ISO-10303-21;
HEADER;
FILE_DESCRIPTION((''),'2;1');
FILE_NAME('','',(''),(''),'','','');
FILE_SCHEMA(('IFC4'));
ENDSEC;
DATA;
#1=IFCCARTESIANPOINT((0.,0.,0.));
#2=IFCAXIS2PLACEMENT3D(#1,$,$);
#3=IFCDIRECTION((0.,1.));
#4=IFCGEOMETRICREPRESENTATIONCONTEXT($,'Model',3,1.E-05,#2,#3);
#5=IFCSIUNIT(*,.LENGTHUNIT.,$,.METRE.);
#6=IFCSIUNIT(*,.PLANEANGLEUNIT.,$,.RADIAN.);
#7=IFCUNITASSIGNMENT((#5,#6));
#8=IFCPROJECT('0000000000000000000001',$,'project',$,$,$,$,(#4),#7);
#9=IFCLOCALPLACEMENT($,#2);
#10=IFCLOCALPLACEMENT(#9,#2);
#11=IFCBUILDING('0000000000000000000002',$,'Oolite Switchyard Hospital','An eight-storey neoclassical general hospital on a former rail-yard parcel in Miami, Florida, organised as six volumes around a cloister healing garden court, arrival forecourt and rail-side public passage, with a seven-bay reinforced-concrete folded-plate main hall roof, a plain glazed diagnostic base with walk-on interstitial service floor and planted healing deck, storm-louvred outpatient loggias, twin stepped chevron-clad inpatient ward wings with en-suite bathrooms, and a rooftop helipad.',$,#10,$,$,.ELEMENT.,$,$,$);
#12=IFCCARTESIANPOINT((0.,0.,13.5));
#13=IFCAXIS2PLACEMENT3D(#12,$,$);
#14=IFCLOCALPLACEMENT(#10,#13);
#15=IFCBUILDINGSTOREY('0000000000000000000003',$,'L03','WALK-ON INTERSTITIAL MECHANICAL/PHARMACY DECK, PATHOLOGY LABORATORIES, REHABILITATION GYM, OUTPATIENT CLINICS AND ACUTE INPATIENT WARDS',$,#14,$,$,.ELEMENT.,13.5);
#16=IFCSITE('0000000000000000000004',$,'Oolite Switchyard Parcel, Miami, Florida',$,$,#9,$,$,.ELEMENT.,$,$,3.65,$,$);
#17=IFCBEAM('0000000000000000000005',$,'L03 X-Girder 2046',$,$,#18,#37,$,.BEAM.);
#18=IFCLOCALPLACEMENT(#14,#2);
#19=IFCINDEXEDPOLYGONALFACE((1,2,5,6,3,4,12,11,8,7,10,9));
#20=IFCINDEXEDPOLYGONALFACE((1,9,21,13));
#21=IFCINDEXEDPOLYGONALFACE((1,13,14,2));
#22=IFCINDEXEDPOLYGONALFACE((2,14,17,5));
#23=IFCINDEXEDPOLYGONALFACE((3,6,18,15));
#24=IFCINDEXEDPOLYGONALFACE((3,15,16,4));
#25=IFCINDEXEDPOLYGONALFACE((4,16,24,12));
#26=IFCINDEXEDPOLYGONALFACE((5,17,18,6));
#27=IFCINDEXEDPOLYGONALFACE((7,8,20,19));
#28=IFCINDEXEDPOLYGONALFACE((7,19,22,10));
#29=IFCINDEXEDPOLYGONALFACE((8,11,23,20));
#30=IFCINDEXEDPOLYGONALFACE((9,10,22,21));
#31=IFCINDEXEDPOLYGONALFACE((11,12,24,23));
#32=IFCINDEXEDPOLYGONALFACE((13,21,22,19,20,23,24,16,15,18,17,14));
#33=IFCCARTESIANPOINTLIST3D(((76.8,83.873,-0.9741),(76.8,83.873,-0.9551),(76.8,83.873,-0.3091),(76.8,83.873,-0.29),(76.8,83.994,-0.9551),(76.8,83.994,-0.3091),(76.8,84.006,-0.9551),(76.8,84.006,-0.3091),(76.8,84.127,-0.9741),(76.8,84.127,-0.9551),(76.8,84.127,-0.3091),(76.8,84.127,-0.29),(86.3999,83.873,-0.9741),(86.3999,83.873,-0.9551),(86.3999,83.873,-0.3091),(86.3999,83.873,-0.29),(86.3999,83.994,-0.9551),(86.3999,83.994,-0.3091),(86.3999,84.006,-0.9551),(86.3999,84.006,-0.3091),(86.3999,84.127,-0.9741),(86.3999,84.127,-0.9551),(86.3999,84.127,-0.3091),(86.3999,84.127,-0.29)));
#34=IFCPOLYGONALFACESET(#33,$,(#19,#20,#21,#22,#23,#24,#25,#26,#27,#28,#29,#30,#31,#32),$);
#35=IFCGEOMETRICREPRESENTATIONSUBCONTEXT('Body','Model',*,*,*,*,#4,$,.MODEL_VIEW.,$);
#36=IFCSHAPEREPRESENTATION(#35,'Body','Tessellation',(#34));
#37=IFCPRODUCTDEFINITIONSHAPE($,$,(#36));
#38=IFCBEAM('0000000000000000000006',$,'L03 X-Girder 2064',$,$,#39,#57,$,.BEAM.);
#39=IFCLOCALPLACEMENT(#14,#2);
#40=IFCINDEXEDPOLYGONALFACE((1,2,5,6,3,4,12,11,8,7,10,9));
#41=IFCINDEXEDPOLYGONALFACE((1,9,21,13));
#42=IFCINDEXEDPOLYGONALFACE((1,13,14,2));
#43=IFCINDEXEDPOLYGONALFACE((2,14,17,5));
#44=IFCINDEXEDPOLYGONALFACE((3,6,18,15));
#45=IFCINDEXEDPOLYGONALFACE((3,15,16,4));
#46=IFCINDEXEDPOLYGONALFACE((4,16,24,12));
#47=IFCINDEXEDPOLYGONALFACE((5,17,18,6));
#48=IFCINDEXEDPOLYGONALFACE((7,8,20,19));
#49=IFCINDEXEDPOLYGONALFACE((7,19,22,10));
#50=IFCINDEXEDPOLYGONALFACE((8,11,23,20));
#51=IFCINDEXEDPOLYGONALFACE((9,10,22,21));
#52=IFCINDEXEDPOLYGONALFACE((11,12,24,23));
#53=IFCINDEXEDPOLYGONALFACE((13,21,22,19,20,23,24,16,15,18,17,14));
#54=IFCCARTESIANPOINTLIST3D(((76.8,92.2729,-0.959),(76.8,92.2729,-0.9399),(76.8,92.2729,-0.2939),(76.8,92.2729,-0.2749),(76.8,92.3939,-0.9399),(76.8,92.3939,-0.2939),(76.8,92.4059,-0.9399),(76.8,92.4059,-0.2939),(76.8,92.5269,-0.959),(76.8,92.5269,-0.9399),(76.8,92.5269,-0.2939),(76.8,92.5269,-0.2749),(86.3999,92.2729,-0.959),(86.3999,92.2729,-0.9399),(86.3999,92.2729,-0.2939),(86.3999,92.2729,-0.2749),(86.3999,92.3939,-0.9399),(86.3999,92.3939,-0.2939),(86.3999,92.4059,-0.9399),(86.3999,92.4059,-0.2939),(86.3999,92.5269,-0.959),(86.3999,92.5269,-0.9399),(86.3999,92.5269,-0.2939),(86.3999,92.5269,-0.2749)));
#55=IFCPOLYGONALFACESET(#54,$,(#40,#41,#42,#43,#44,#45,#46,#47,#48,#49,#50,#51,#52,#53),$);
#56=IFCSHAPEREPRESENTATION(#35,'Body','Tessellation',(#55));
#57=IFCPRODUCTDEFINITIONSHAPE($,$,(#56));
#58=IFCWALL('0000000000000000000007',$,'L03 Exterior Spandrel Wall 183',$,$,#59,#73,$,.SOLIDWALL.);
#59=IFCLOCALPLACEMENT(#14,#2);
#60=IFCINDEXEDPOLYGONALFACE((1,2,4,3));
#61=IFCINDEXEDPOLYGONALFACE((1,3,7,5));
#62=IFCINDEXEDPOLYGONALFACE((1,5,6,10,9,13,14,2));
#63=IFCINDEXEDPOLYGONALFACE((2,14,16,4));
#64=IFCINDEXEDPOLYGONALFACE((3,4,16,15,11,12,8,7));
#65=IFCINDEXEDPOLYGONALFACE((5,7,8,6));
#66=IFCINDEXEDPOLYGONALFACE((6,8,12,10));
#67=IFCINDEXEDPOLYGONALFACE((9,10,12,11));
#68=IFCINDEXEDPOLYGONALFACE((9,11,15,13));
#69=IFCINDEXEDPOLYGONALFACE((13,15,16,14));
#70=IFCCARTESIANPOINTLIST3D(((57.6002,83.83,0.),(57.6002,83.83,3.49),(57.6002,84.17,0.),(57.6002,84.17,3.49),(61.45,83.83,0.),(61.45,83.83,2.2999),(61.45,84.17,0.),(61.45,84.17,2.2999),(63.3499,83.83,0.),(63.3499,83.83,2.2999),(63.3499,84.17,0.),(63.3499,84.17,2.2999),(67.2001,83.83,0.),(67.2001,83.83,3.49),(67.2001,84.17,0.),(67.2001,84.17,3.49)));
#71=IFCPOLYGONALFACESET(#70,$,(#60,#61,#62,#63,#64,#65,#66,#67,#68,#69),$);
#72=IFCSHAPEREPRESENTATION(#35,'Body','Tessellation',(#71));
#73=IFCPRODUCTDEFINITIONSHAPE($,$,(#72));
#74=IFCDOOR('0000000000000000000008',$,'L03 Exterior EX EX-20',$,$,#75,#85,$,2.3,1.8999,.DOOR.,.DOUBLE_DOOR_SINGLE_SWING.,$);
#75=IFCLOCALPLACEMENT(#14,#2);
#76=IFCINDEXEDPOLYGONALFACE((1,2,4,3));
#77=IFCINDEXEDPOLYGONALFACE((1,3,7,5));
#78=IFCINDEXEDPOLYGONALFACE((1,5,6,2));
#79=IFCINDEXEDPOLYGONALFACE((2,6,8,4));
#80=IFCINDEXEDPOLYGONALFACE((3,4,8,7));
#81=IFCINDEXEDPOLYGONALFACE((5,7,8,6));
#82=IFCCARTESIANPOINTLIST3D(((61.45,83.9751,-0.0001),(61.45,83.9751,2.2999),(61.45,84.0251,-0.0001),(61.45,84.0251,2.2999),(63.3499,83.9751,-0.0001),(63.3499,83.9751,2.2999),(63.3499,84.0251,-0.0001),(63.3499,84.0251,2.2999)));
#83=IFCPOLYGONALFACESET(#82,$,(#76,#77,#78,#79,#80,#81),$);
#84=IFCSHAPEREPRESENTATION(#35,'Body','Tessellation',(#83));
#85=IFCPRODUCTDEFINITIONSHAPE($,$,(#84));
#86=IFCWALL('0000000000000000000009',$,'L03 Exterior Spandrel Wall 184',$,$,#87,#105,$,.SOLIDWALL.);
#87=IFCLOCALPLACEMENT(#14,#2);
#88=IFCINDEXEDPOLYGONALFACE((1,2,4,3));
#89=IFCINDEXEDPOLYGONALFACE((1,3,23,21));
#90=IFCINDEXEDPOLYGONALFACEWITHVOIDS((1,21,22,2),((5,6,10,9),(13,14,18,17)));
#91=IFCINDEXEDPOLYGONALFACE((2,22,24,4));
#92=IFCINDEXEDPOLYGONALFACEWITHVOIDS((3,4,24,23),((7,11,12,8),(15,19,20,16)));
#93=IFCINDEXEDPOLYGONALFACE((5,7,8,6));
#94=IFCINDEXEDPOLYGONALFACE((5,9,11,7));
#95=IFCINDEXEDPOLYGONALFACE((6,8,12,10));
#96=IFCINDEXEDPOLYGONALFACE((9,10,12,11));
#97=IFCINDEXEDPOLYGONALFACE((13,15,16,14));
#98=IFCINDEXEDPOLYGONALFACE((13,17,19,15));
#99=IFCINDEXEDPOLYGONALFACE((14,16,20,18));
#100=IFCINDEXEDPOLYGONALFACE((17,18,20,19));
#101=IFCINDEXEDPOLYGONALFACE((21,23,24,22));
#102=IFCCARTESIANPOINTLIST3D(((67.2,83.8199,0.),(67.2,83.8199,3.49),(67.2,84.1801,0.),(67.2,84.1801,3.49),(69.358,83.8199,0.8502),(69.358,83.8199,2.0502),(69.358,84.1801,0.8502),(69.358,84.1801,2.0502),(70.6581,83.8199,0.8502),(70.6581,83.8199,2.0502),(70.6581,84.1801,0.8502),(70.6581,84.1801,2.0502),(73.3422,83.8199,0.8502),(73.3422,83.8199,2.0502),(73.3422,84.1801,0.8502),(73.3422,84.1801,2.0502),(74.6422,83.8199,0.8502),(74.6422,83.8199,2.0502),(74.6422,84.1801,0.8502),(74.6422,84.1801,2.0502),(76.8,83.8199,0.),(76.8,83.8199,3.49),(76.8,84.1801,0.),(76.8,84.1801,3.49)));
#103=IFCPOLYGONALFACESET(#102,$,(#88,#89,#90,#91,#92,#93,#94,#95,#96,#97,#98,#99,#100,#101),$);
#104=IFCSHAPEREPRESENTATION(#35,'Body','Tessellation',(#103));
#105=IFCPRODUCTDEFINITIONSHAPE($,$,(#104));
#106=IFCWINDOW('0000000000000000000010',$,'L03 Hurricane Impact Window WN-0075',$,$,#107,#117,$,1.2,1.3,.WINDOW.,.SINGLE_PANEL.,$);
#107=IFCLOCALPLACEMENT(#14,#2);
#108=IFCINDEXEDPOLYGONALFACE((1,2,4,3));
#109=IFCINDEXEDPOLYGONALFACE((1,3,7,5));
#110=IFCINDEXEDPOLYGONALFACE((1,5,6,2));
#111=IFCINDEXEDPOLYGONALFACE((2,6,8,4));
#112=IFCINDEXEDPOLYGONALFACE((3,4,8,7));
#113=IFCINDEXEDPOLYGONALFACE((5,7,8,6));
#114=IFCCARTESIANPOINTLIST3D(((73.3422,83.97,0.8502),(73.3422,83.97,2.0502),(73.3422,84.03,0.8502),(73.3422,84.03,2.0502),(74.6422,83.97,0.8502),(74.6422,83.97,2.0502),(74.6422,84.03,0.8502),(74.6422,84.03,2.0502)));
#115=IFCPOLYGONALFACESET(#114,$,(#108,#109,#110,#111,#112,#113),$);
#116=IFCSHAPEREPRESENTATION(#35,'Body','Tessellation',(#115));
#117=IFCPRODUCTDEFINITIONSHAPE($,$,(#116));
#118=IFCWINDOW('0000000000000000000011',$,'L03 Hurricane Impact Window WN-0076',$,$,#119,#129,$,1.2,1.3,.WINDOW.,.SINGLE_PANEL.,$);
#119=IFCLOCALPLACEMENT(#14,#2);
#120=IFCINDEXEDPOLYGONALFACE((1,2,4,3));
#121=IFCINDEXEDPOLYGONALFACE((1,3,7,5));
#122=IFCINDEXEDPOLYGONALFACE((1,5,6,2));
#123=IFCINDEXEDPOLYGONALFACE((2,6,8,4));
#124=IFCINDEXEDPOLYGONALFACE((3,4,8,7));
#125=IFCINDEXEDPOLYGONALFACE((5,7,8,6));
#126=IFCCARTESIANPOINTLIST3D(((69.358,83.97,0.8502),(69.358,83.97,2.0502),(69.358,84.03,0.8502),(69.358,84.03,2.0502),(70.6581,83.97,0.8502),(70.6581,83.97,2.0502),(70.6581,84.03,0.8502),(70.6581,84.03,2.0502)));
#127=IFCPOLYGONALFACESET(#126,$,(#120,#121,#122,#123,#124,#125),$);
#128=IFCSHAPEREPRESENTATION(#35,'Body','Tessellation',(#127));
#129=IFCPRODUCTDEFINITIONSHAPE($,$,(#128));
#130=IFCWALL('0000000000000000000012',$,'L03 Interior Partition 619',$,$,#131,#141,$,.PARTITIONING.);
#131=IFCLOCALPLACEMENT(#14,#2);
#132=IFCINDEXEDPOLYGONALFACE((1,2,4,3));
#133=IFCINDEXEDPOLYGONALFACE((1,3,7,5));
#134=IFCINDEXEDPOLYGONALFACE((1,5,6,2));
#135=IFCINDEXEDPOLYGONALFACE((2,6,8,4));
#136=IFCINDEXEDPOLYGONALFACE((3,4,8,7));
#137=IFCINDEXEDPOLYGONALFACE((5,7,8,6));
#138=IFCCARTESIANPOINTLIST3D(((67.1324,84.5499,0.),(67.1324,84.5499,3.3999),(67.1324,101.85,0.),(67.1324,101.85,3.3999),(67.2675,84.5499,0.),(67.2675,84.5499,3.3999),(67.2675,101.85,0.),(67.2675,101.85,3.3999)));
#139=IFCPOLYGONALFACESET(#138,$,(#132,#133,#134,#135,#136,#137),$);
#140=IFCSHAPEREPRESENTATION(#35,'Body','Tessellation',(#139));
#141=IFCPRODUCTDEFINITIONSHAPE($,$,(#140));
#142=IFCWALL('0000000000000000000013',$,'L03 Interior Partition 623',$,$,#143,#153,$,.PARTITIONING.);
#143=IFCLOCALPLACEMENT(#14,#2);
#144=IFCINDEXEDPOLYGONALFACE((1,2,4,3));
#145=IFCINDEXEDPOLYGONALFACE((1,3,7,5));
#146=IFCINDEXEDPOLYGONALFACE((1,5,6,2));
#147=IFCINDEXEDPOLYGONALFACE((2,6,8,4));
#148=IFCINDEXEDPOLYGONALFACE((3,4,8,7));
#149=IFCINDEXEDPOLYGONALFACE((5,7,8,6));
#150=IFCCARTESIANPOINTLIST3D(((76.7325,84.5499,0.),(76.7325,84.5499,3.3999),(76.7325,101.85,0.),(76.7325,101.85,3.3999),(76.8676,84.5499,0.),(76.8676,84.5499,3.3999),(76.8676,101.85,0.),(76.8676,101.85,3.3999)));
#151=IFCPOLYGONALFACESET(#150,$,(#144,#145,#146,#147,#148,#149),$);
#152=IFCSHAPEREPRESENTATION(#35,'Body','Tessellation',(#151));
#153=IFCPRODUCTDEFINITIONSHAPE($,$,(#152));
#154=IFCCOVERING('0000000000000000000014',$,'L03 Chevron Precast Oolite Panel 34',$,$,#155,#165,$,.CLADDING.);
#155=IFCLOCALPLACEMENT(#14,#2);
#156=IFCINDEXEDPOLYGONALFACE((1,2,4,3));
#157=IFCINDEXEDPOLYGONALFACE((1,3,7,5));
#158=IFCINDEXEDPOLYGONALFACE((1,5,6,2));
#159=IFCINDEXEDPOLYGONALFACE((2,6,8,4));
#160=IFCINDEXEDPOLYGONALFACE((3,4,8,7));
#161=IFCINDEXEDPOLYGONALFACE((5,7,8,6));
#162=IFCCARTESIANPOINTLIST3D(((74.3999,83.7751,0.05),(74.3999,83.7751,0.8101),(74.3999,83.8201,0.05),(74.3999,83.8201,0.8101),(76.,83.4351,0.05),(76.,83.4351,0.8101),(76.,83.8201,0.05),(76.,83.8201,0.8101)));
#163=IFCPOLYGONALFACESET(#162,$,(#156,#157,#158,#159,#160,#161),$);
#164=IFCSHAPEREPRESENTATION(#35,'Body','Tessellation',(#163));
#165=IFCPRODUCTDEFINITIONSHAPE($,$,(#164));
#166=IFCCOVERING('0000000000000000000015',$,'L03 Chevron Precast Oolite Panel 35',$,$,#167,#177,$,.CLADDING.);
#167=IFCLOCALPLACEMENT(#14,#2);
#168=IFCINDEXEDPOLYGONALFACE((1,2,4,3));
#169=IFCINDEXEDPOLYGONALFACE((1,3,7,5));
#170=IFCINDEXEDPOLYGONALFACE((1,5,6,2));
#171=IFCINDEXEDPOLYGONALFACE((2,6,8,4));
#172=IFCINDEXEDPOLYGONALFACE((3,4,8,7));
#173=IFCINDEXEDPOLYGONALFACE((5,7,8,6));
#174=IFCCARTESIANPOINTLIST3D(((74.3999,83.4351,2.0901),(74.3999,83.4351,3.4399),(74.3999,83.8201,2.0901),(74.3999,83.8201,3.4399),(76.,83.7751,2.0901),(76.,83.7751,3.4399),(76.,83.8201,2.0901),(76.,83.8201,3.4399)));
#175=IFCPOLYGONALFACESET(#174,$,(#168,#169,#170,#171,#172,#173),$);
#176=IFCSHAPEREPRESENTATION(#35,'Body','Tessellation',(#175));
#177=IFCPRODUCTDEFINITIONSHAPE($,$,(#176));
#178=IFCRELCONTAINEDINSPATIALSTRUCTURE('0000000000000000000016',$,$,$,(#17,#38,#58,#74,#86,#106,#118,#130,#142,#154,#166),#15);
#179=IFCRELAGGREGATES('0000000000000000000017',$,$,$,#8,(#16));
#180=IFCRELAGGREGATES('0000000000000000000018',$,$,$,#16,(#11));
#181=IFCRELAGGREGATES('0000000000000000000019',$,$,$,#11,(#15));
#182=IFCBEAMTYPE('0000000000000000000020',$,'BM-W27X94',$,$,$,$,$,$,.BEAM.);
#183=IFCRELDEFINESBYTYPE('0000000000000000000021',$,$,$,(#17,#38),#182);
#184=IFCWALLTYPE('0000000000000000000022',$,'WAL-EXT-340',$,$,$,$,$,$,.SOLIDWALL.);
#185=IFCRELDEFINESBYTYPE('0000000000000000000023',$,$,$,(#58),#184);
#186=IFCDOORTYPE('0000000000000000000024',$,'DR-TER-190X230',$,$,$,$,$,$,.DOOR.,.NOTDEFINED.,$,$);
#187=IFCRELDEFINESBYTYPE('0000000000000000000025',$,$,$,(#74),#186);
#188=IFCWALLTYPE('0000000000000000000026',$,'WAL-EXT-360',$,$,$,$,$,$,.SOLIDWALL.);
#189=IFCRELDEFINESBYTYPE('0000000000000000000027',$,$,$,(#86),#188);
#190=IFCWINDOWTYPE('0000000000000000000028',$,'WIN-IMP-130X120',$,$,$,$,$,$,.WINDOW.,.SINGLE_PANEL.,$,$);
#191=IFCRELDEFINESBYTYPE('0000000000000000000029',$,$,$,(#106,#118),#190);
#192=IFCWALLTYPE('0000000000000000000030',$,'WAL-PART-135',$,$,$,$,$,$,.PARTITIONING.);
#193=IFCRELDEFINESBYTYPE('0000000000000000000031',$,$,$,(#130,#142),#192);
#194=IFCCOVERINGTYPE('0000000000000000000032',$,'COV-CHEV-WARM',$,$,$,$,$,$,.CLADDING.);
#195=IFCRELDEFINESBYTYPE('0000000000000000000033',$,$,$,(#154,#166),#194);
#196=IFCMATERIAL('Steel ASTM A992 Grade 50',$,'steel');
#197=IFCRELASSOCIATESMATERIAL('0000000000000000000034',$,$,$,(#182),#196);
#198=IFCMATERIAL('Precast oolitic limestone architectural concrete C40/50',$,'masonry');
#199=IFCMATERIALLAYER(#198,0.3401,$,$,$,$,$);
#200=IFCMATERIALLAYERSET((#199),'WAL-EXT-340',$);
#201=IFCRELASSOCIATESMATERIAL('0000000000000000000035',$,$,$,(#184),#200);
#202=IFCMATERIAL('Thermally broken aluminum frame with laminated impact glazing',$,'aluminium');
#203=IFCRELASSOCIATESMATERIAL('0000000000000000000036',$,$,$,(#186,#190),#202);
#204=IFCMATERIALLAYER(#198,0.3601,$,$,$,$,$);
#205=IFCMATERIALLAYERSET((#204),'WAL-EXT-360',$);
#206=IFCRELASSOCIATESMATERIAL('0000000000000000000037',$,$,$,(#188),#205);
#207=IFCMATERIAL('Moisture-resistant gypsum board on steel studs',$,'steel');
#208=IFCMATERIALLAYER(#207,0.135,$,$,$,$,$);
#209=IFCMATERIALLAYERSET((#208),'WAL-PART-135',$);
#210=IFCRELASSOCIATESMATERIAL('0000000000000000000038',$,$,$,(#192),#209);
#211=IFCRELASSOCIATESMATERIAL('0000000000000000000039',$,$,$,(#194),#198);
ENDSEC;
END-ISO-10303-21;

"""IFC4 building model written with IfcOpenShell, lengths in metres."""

from ifc_helpers import new_model, si_unit, direction, frame, frame_2d, origin, origin_2d, place, context, subcontext, project, spatial, polyline, rectangle, i_section, outline, extrude, material, layer, layer_set, material_profile, profile_set, type_object, element, fill, save


model = new_model("IFC4")

# Units and contexts
model_context = context("Model", 3, precision=1e-05, world=origin(), true_north=direction((0.0, 1.0)))
body_context = subcontext(model_context, "Body", "Model", "MODEL_VIEW")
ifc_project = project(units=[si_unit("LENGTHUNIT", "METRE"), si_unit("PLANEANGLEUNIT", "RADIAN")], contexts=[model_context])

# Site, building, storey
site_placement = place(None, origin())
site = spatial("IfcSite", under=ifc_project, at=site_placement, Name="Oolite Switchyard Parcel, Miami, Florida", CompositionType="ELEMENT", RefElevation=3.65)
building_placement = place(site_placement, origin())
building = spatial("IfcBuilding", under=site, at=building_placement, Name="Oolite Switchyard Hospital", Description="An eight-storey neoclassical general hospital on a former rail-yard parcel in Miami, Florida, organised as six volumes around a cloister healing garden court, arrival forecourt and rail-side public passage, with a seven-bay reinforced-concrete folded-plate main hall roof, a plain glazed diagnostic base with walk-on interstitial service floor and planted healing deck, storm-louvred outpatient loggias, twin stepped chevron-clad inpatient ward wings with en-suite bathrooms, and a rooftop helipad.", CompositionType="ELEMENT")
storey_placement = place(building_placement, frame((0.0, 0.0, 13.5)))
storey = spatial("IfcBuildingStorey", under=building, at=storey_placement, Name="L03", Description="WALK-ON INTERSTITIAL MECHANICAL/PHARMACY DECK, PATHOLOGY LABORATORIES, REHABILITATION GYM, OUTPATIENT CLINICS AND ACUTE INPATIENT WARDS", CompositionType="ELEMENT", Elevation=13.5)

# Beams
ifc_material_1 = material(Name="Steel ASTM A992 Grade 50", Category="steel")
ifc_material_profile_1 = material_profile(ifc_material_1, i_section(OverallWidth=0.2539, OverallDepth=0.6841, WebThickness=0.012, FlangeThickness=0.019, at=origin_2d()), Name="W27X94")
ifc_profile_set_1 = profile_set([ifc_material_profile_1], Name="Steel ASTM A992 Grade 50")
beam_type_1 = type_object("IfcBeamType", Name="BM-W27X94", PredefinedType="BEAM", material=ifc_profile_set_1)
for number, where, z_axis, x_axis, name in (
    (1, (76.8, 84.0, -0.6321), (1.0, 0.0, 0.0), (0.0, 1.0, 0.0), "L03 X-Girder 2046"),
    (2, (76.8, 92.3999, -0.6169), (1.0, 0.0, 0.0), (0.0, 1.0, 0.0), "L03 X-Girder 2064"),
):
    element("IfcBeam", number, at=place(storey_placement, frame(where, z_axis=z_axis, x_axis=x_axis)), inside=storey, type_object=beam_type_1, Name=name, PredefinedType="BEAM", context=body_context, shape_type="SweptSolid", body=[
        extrude(i_section(OverallWidth=0.2539, OverallDepth=0.6841, WebThickness=0.012, FlangeThickness=0.019, at=origin_2d()), origin(), (0.0, 0.0, 1.0), 9.5999),
    ])

# Wall, opening, door
ifc_material_2 = material(Name="Precast oolitic limestone architectural concrete C40/50", Category="masonry")
ifc_layer_1 = layer(ifc_material_2, 0.3401)
ifc_layer_set_1 = layer_set([ifc_layer_1], Name="WAL-EXT-340")
wall_type_1 = type_object("IfcWallType", Name="WAL-EXT-340", PredefinedType="SOLIDWALL", material=ifc_layer_set_1)
wall_1_placement = place(storey_placement, frame((67.2, 84.0, 0.0), z_axis=(0.0, 0.0, 1.0), x_axis=(-1.0, 0.0, 0.0)))
wall_1 = element("IfcWall", 3, at=wall_1_placement, inside=storey, type_object=wall_type_1, Name="L03 Exterior Spandrel Wall 183", PredefinedType="SOLIDWALL", context=body_context, shape_type="SweptSolid", body=[
    extrude(rectangle(XDim=9.5999, YDim=0.3401, at=frame_2d((4.7998, 0.0))), origin(), (0.0, 0.0, 1.0), 3.49),
])
opening_1_placement = place(wall_1_placement, frame((3.8501, 0.0, 0.0)))
opening_1 = element("IfcOpeningElement", 4, at=opening_1_placement, cuts=wall_1, PredefinedType="OPENING", context=body_context, shape_type="SweptSolid", body=[
    extrude(rectangle(XDim=1.8999, YDim=2.3, at=frame_2d((0.95, 1.1499))), frame((0.0, 0.1802, 0.0), z_axis=(0.0, -1.0, 0.0), x_axis=(1.0, 0.0, 0.0)), (0.0, 0.0, 1.0), 0.3601),
])
ifc_material_3 = material(Name="Thermally broken aluminum frame with laminated impact glazing", Category="aluminium")
door_type = type_object("IfcDoorType", Name="DR-TER-190X230", OperationType="NOTDEFINED", PredefinedType="DOOR", material=ifc_material_3)
door_placement = place(opening_1_placement, origin())
door = element("IfcDoor", 5, at=door_placement, inside=storey, type_object=door_type, Name="L03 Exterior EX EX-20", OperationType="DOUBLE_DOOR_SINGLE_SWING", OverallHeight=2.3, OverallWidth=1.8999, PredefinedType="DOOR", context=body_context, shape_type="SweptSolid", body=[
    extrude(rectangle(XDim=1.8999, YDim=2.3, at=frame_2d((0.95, 1.1499))), frame((0.0, 0.0249, 0.0), z_axis=(0.0, -1.0, 0.0), x_axis=(1.0, 0.0, 0.0)), (0.0, 0.0, 1.0), 0.05),
])
fill(opening_1, door)

# Wall, openings, windows
ifc_layer_2 = layer(ifc_material_2, 0.3601)
ifc_layer_set_2 = layer_set([ifc_layer_2], Name="WAL-EXT-360")
wall_type_2 = type_object("IfcWallType", Name="WAL-EXT-360", PredefinedType="SOLIDWALL", material=ifc_layer_set_2)
wall_2_placement = place(storey_placement, frame((76.8, 84.0, 0.0), z_axis=(0.0, 0.0, 1.0), x_axis=(-1.0, 0.0, 0.0)))
wall_2 = element("IfcWall", 6, at=wall_2_placement, inside=storey, type_object=wall_type_2, Name="L03 Exterior Spandrel Wall 184", PredefinedType="SOLIDWALL", context=body_context, shape_type="SweptSolid", body=[
    extrude(rectangle(XDim=9.6001, YDim=0.3601, at=frame_2d((4.8, 0.0))), origin(), (0.0, 0.0, 1.0), 3.49),
])
opening_2_placement = place(wall_2_placement, frame((2.158, 0.0, 0.8501)))
opening_2 = element("IfcOpeningElement", 7, at=opening_2_placement, cuts=wall_2, PredefinedType="OPENING", context=body_context, shape_type="SweptSolid", body=[
    extrude(rectangle(XDim=1.3, YDim=1.2, at=frame_2d((0.6499, 0.6001))), frame((0.0, 0.1899, 0.0), z_axis=(0.0, -1.0, 0.0), x_axis=(1.0, 0.0, 0.0)), (0.0, 0.0, 1.0), 0.3801),
])
opening_3_placement = place(wall_2_placement, frame((6.1421, 0.0, 0.8501)))
opening_3 = element("IfcOpeningElement", 8, at=opening_3_placement, cuts=wall_2, PredefinedType="OPENING", context=body_context, shape_type="SweptSolid", body=[
    extrude(rectangle(XDim=1.3, YDim=1.2, at=frame_2d((0.6499, 0.6001))), frame((0.0, 0.1899, 0.0), z_axis=(0.0, -1.0, 0.0), x_axis=(1.0, 0.0, 0.0)), (0.0, 0.0, 1.0), 0.3801),
])
window_type = type_object("IfcWindowType", Name="WIN-IMP-130X120", PartitioningType="SINGLE_PANEL", PredefinedType="WINDOW", material=ifc_material_3)
window_1_placement = place(opening_2_placement, origin())
window_1 = element("IfcWindow", 9, at=window_1_placement, inside=storey, type_object=window_type, Name="L03 Hurricane Impact Window WN-0075", OverallHeight=1.2, OverallWidth=1.3, PartitioningType="SINGLE_PANEL", PredefinedType="WINDOW", context=body_context, shape_type="SweptSolid", body=[
    extrude(rectangle(XDim=1.3, YDim=1.2, at=frame_2d((0.6499, 0.6001))), frame((0.0, 0.03, 0.0), z_axis=(0.0, -1.0, 0.0), x_axis=(1.0, 0.0, 0.0)), (0.0, 0.0, 1.0), 0.0601),
])
fill(opening_2, window_1)
window_2_placement = place(opening_3_placement, origin())
window_2 = element("IfcWindow", 10, at=window_2_placement, inside=storey, type_object=window_type, Name="L03 Hurricane Impact Window WN-0076", OverallHeight=1.2, OverallWidth=1.3, PartitioningType="SINGLE_PANEL", PredefinedType="WINDOW", context=body_context, shape_type="SweptSolid", body=[
    extrude(rectangle(XDim=1.3, YDim=1.2, at=frame_2d((0.6499, 0.6001))), frame((0.0, 0.03, 0.0), z_axis=(0.0, -1.0, 0.0), x_axis=(1.0, 0.0, 0.0)), (0.0, 0.0, 1.0), 0.0601),
])
fill(opening_3, window_2)

# Walls
ifc_material_4 = material(Name="Moisture-resistant gypsum board on steel studs", Category="steel")
ifc_layer_3 = layer(ifc_material_4, 0.135)
ifc_layer_set_3 = layer_set([ifc_layer_3], Name="WAL-PART-135")
wall_type_3 = type_object("IfcWallType", Name="WAL-PART-135", PredefinedType="PARTITIONING", material=ifc_layer_set_3)
for number, where, z_axis, x_axis, name in (
    (11, (67.2, 84.55, 0.0), (0.0, 0.0, 1.0), (0.0, 1.0, 0.0), "L03 Interior Partition 619"),
    (12, (76.8, 84.55, 0.0), (0.0, 0.0, 1.0), (0.0, 1.0, 0.0), "L03 Interior Partition 623"),
):
    element("IfcWall", number, at=place(storey_placement, frame(where, z_axis=z_axis, x_axis=x_axis)), inside=storey, type_object=wall_type_3, Name=name, PredefinedType="PARTITIONING", context=body_context, shape_type="SweptSolid", body=[
        extrude(rectangle(XDim=17.3, YDim=0.135, at=frame_2d((8.6499, 0.0))), origin(), (0.0, 0.0, 1.0), 3.3999),
    ])

# Coverings
covering_type = type_object("IfcCoveringType", Name="COV-CHEV-WARM", PredefinedType="CLADDING", material=ifc_material_2)
covering_1_placement = place(storey_placement, frame((76.0, 83.8201, 0.05), z_axis=(0.0, 0.0, 1.0), x_axis=(-1.0, 0.0, 0.0)))
element("IfcCovering", 13, at=covering_1_placement, inside=storey, type_object=covering_type, Name="L03 Chevron Precast Oolite Panel 34", PredefinedType="CLADDING", context=body_context, shape_type="SweptSolid", body=[
    extrude(outline(polyline([(0.0, 0.0), (1.6001, 0.0), (1.6001, 0.0449), (0.0, 0.385), (0.0, 0.0)])), origin(), (0.0, 0.0, 1.0), 0.76),
])
covering_2_placement = place(storey_placement, frame((76.0, 83.8201, 2.0901), z_axis=(0.0, 0.0, 1.0), x_axis=(-1.0, 0.0, 0.0)))
element("IfcCovering", 14, at=covering_2_placement, inside=storey, type_object=covering_type, Name="L03 Chevron Precast Oolite Panel 35", PredefinedType="CLADDING", context=body_context, shape_type="SweptSolid", body=[
    extrude(outline(polyline([(0.0, 0.0), (1.6001, 0.0), (1.6001, 0.385), (0.0, 0.0449), (0.0, 0.0)])), origin(), (0.0, 0.0, 1.0), 1.3499),
])

save(model, "model.ifc")
